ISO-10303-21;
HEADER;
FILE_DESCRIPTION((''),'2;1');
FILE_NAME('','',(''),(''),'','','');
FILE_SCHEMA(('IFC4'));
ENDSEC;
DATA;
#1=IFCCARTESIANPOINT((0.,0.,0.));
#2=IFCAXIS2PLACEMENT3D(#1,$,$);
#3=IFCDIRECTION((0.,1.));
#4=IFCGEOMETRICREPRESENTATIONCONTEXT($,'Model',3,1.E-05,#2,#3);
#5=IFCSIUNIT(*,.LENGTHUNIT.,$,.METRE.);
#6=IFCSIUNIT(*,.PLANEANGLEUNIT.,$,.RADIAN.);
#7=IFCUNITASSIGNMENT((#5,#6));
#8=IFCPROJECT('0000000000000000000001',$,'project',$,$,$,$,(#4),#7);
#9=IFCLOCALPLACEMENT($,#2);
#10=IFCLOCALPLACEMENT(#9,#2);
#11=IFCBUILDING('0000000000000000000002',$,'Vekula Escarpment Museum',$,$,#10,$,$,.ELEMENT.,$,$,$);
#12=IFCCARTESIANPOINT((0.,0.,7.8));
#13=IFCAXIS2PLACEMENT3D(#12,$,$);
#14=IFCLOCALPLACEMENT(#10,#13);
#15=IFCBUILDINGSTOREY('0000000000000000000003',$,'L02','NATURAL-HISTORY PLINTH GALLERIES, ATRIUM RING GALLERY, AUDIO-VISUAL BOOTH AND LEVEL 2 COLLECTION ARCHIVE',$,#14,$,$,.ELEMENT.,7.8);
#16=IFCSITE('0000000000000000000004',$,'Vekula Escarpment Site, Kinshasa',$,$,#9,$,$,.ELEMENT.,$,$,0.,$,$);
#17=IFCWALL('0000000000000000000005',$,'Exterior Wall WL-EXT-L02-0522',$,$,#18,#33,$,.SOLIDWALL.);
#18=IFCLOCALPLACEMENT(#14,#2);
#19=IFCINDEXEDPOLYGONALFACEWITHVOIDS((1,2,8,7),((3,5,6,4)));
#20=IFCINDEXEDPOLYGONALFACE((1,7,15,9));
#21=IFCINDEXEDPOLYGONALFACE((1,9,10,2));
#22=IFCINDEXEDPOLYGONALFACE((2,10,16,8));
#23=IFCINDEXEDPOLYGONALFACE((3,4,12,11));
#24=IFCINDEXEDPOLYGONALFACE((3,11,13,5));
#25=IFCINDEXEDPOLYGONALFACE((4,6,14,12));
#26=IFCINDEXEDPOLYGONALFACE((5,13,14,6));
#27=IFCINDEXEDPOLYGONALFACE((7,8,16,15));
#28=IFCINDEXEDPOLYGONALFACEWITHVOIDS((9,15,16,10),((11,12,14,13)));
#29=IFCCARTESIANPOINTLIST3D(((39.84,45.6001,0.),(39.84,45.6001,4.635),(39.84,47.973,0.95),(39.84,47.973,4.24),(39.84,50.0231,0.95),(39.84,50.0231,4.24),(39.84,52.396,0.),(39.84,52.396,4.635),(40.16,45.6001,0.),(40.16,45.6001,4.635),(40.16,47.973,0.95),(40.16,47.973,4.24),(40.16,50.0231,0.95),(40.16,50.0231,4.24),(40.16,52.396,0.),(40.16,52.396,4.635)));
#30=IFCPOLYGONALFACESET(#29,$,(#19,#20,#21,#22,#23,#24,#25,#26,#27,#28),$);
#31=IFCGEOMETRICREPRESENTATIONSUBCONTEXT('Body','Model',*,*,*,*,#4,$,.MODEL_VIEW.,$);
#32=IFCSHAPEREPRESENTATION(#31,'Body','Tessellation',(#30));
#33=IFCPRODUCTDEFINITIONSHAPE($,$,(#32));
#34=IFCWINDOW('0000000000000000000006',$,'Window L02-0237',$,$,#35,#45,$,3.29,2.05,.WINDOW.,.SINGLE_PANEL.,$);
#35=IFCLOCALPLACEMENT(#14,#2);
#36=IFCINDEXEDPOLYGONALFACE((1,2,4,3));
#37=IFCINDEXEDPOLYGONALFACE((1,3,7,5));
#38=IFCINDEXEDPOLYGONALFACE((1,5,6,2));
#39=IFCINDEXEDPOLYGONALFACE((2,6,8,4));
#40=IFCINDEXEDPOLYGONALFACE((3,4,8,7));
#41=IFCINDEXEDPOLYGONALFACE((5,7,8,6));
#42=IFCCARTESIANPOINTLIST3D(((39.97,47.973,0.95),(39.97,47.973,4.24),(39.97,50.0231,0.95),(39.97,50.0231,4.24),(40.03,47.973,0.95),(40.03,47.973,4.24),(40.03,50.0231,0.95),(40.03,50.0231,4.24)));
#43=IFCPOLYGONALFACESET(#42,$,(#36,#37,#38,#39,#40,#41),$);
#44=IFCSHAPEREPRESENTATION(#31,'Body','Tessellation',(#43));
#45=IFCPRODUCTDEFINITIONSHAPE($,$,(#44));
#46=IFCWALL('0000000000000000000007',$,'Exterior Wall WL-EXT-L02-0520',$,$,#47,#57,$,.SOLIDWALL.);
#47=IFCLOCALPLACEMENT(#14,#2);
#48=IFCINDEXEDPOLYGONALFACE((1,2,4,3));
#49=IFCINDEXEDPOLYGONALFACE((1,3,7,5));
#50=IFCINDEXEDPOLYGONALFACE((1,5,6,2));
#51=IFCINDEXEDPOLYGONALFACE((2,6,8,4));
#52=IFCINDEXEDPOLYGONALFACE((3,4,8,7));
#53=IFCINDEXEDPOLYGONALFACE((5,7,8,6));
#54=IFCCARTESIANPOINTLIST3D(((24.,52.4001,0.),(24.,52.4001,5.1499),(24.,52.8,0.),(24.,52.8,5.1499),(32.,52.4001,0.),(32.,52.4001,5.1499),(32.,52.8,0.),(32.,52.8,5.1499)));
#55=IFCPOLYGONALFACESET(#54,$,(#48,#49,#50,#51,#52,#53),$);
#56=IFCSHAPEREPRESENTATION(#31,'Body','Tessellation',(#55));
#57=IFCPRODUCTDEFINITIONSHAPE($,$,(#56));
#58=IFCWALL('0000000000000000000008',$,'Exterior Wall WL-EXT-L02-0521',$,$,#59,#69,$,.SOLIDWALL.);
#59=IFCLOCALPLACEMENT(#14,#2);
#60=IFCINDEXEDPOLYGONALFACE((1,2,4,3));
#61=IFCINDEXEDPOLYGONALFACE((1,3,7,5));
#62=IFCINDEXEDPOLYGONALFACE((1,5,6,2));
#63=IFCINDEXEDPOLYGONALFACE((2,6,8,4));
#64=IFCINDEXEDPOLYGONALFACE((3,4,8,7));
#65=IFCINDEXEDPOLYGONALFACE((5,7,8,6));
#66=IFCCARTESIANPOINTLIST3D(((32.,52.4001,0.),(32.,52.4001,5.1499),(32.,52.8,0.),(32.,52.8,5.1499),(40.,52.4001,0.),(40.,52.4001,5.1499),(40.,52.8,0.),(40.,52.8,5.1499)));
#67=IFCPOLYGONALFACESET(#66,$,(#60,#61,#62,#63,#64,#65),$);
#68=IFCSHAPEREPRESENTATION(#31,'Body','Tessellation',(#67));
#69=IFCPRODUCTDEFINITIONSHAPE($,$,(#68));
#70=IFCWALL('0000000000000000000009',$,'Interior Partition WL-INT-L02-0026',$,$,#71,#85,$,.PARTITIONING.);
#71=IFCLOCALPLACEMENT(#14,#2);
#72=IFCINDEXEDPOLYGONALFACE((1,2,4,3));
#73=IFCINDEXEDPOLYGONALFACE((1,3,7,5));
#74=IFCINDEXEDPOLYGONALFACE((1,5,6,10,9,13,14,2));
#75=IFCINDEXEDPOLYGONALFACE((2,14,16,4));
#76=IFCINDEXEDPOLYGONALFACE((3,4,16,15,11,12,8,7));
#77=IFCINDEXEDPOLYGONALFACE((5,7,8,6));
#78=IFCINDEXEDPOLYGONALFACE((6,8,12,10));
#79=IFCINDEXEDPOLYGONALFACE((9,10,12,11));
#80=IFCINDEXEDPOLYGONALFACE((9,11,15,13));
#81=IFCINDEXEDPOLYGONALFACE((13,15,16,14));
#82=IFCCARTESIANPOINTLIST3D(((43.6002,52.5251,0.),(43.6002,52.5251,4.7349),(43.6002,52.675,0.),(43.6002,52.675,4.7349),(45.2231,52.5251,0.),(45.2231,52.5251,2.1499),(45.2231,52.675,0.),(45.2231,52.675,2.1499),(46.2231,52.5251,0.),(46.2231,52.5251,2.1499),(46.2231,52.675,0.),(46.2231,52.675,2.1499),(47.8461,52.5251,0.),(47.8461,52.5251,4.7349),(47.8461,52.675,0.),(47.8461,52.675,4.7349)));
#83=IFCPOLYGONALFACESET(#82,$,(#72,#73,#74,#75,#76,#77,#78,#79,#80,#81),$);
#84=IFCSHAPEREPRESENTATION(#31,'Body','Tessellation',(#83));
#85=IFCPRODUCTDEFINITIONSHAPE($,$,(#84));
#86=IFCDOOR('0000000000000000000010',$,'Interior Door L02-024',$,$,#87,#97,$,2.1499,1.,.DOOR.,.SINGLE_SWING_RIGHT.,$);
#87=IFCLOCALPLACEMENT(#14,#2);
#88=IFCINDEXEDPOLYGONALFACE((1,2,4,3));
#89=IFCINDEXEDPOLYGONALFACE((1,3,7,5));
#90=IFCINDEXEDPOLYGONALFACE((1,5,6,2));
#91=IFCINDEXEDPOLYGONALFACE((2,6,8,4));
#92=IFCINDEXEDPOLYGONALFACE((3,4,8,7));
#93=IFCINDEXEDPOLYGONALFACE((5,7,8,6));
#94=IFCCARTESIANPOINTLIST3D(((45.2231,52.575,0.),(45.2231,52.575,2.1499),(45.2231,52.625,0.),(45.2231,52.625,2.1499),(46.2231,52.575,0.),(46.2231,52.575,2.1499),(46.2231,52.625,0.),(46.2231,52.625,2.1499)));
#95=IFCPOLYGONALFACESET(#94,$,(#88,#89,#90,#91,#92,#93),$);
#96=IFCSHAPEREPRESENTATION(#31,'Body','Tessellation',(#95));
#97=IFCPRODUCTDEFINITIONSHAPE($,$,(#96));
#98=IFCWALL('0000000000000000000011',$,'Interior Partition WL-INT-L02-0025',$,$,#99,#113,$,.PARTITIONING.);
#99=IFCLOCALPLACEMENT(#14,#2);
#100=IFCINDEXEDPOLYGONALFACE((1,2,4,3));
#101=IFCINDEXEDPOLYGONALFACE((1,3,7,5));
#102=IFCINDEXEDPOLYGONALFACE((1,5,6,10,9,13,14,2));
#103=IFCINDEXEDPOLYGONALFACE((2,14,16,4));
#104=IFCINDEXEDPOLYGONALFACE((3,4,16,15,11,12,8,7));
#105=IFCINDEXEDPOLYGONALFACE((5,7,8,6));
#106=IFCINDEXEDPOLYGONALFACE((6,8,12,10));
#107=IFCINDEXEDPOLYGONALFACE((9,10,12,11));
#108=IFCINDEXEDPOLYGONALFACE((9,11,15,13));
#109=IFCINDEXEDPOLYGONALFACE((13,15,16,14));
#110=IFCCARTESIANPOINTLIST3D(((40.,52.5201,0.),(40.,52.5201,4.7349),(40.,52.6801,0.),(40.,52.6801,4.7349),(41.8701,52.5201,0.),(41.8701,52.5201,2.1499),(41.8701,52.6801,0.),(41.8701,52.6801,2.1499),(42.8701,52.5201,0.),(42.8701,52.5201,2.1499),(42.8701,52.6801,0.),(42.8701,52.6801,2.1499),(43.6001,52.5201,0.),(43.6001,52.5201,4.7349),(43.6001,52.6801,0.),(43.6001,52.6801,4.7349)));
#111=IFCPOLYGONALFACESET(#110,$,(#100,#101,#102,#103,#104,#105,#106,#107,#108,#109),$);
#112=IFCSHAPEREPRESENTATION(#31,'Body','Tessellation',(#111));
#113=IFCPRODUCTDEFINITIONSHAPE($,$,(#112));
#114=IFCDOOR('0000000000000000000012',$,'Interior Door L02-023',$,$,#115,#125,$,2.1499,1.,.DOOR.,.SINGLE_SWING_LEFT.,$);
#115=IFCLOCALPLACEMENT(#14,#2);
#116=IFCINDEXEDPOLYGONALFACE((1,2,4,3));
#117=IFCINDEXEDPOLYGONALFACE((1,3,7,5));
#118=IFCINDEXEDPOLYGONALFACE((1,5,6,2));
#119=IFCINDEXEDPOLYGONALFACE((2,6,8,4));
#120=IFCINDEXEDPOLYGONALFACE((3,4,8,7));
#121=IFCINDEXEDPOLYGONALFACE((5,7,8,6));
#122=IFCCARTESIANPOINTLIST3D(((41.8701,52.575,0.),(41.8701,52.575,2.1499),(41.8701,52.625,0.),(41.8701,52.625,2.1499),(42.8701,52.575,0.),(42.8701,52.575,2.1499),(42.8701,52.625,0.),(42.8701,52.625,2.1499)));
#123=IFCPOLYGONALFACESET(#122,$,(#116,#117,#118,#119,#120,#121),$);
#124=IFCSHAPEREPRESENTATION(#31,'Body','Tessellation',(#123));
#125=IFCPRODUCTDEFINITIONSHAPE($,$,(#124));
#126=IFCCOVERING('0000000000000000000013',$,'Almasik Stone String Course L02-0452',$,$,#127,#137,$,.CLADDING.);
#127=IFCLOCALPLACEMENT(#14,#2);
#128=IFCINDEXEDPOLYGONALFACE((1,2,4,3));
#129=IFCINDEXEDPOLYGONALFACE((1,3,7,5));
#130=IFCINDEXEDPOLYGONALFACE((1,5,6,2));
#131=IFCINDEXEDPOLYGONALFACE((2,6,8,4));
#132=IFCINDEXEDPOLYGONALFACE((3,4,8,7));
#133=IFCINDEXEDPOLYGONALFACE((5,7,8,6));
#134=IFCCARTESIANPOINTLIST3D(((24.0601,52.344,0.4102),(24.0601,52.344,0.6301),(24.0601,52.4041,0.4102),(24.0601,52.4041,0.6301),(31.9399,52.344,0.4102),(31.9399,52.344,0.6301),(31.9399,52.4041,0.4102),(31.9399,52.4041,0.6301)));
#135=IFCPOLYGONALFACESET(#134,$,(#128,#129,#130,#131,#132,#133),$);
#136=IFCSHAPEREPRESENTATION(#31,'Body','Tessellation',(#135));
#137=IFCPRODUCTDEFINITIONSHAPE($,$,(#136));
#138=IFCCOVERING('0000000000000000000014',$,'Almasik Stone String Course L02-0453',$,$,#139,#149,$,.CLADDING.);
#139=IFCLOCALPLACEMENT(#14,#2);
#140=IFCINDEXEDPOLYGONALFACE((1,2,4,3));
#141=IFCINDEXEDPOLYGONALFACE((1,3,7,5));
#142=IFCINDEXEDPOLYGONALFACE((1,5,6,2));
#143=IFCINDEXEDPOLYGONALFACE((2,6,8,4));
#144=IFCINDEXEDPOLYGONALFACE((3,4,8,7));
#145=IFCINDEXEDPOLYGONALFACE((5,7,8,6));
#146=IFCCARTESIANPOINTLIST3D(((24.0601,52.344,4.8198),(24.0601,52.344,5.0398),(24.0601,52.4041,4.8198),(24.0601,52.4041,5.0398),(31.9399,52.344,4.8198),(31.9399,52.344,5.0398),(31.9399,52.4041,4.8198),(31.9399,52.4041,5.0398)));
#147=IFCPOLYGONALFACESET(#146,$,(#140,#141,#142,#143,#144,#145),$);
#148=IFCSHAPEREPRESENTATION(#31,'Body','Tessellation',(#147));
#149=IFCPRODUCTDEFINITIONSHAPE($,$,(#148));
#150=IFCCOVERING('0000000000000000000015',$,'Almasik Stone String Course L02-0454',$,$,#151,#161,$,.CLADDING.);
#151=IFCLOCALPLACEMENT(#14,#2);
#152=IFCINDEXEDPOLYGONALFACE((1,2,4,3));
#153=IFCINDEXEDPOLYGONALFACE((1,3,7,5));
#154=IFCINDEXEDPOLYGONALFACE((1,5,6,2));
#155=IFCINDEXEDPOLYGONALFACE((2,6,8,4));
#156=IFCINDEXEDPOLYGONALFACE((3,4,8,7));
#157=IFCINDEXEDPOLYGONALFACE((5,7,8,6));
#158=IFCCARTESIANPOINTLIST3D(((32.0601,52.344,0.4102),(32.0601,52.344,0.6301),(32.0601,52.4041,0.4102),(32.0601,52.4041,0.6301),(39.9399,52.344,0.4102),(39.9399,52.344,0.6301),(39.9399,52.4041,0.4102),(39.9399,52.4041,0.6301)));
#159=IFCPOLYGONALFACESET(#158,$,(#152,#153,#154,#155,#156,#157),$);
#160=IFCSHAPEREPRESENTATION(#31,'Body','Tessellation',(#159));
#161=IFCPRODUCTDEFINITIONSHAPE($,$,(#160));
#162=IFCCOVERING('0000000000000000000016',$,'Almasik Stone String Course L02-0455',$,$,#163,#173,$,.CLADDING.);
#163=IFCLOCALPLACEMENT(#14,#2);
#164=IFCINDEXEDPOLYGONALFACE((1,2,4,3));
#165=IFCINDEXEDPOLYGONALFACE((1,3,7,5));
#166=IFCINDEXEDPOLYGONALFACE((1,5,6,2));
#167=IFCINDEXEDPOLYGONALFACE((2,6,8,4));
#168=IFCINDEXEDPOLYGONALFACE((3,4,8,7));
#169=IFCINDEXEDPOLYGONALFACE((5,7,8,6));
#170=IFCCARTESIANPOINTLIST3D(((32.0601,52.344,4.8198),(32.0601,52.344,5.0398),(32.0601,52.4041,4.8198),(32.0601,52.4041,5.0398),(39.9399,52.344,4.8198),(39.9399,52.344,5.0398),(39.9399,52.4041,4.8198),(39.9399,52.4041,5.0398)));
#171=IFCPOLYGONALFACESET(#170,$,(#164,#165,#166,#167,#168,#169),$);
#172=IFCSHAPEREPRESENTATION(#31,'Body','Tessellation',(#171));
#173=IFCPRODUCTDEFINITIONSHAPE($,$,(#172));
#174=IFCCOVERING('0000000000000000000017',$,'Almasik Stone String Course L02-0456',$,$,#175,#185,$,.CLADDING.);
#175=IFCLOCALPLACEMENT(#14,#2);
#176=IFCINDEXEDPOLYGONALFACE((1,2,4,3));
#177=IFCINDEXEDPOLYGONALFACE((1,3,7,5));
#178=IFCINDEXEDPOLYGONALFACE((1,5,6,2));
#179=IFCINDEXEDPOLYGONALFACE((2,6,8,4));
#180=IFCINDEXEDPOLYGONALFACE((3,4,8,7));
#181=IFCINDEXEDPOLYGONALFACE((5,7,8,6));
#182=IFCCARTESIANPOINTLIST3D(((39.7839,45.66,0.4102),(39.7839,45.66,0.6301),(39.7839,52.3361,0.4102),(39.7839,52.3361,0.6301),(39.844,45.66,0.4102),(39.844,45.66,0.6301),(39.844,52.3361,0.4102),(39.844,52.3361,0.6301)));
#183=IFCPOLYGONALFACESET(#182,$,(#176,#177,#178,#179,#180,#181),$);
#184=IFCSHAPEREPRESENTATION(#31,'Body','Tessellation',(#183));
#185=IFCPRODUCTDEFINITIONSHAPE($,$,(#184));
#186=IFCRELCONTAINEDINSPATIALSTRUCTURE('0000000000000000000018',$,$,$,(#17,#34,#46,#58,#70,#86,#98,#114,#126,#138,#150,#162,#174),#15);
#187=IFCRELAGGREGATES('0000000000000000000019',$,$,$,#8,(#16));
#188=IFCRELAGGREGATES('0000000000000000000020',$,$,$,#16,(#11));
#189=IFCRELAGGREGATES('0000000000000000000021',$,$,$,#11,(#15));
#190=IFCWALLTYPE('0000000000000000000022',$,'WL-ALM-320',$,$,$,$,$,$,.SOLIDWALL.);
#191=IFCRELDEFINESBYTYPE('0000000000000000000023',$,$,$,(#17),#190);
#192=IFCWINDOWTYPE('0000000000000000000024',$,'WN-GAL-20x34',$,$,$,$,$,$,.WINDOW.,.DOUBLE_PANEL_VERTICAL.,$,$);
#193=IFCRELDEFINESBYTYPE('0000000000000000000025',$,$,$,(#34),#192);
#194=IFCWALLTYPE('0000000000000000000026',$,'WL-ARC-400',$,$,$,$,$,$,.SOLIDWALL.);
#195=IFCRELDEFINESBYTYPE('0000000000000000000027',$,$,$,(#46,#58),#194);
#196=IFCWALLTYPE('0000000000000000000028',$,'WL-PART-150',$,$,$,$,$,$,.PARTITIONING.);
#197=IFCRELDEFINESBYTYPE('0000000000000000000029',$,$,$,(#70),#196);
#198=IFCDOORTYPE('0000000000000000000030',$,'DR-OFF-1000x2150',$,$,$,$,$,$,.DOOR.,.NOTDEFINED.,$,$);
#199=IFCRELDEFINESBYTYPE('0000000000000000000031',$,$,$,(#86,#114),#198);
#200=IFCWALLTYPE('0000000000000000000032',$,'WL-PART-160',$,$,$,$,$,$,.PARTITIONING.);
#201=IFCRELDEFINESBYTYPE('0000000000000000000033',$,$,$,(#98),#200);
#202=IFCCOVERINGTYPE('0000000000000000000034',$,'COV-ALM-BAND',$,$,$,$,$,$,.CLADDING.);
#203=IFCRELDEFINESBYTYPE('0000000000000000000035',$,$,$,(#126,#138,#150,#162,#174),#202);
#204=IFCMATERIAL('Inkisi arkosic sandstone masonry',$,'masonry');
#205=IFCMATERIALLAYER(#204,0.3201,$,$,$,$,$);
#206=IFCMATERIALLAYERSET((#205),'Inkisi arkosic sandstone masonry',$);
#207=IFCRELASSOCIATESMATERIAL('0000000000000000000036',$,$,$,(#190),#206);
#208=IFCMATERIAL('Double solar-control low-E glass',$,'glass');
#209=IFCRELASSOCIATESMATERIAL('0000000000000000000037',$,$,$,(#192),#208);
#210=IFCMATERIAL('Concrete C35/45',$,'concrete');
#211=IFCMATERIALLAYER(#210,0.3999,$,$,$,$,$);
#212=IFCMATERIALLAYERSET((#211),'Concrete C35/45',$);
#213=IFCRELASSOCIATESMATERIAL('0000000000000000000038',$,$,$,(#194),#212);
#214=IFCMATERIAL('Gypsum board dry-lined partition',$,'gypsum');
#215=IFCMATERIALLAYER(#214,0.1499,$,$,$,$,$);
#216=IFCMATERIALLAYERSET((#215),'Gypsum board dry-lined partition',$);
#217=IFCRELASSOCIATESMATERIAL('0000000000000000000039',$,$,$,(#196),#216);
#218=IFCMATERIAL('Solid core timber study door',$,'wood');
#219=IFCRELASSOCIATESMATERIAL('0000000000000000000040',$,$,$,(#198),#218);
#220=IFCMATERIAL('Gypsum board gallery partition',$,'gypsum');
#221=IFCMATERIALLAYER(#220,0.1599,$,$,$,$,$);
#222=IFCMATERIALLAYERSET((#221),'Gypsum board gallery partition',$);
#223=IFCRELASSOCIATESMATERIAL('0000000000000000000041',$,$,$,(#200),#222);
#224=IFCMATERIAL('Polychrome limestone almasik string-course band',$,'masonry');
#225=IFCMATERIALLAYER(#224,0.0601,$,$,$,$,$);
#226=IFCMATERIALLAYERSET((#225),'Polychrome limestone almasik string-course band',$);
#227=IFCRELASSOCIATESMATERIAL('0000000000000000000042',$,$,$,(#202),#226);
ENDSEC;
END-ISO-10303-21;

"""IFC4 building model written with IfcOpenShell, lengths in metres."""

from ifc_helpers import new_model, si_unit, direction, frame, frame_2d, origin, origin_2d, place, context, subcontext, project, spatial, rectangle, extrude, material, layer, layer_set, type_object, element, fill, save


model = new_model("IFC4")

# Units and contexts
model_context = context("Model", 3, precision=1e-05, world=origin(), true_north=direction((0.0, 1.0)))
body_context = subcontext(model_context, "Body", "Model", "MODEL_VIEW")
ifc_project = project(units=[si_unit("LENGTHUNIT", "METRE"), si_unit("PLANEANGLEUNIT", "RADIAN")], contexts=[model_context])

# Site, building, storey
site_placement = place(None, origin())
site = spatial("IfcSite", under=ifc_project, at=site_placement, Name="Vekula Escarpment Site, Kinshasa", CompositionType="ELEMENT", RefElevation=0.0)
building_placement = place(site_placement, origin())
building = spatial("IfcBuilding", under=site, at=building_placement, Name="Vekula Escarpment Museum", CompositionType="ELEMENT")
storey_placement = place(building_placement, frame((0.0, 0.0, 7.8)))
storey = spatial("IfcBuildingStorey", under=building, at=storey_placement, Name="L02", Description="NATURAL-HISTORY PLINTH GALLERIES, ATRIUM RING GALLERY, AUDIO-VISUAL BOOTH AND LEVEL 2 COLLECTION ARCHIVE", CompositionType="ELEMENT", Elevation=7.8)

# Shared definitions
ifc_material_1 = material(Name="Inkisi arkosic sandstone masonry", Category="masonry")
ifc_layer_1 = layer(ifc_material_1, 0.3201)
ifc_layer_set_1 = layer_set([ifc_layer_1], Name="Inkisi arkosic sandstone masonry")
wall_type_1 = type_object("IfcWallType", Name="WL-ALM-320", PredefinedType="SOLIDWALL", material=ifc_layer_set_1)

# Wall, opening, window
wall_1_placement = place(storey_placement, frame((40.0, 45.6001, 0.0), z_axis=(0.0, 0.0, 1.0), x_axis=(0.0, 1.0, 0.0)))
wall_1 = element("IfcWall", 1, at=wall_1_placement, inside=storey, type_object=wall_type_1, Name="Exterior Wall WL-EXT-L02-0522", PredefinedType="SOLIDWALL", context=body_context, shape_type="SweptSolid", body=[
    extrude(rectangle(XDim=6.7959, YDim=0.3201, at=frame_2d((3.3979, 0.0))), origin(), (0.0, 0.0, 1.0), 4.635),
])
opening_1_placement = place(wall_1_placement, frame((2.373, 0.0, 0.95)))
opening_1 = element("IfcOpeningElement", 2, at=opening_1_placement, cuts=wall_1, PredefinedType="OPENING", context=body_context, shape_type="SweptSolid", body=[
    extrude(rectangle(XDim=2.05, YDim=3.29, at=frame_2d((1.0249, 1.645))), frame((0.0, 0.1699, 0.0), z_axis=(0.0, -1.0, 0.0), x_axis=(1.0, 0.0, 0.0)), (0.0, 0.0, 1.0), 0.3401),
])
ifc_material_2 = material(Name="Double solar-control low-E glass", Category="glass")
window_type_1 = type_object("IfcWindowType", Name="WN-GAL-20x34", PartitioningType="DOUBLE_PANEL_VERTICAL", PredefinedType="WINDOW", material=ifc_material_2)
window_1_placement = place(opening_1_placement, origin())
window_1 = element("IfcWindow", 3, at=window_1_placement, inside=storey, type_object=window_type_1, Name="Window L02-0237", OverallHeight=3.29, OverallWidth=2.05, PartitioningType="SINGLE_PANEL", PredefinedType="WINDOW", context=body_context, shape_type="SweptSolid", body=[
    extrude(rectangle(XDim=2.05, YDim=3.29, at=frame_2d((1.0249, 1.645))), frame((0.0, 0.03, 0.0), z_axis=(0.0, -1.0, 0.0), x_axis=(1.0, 0.0, 0.0)), (0.0, 0.0, 1.0), 0.0601),
])
fill(opening_1, window_1)

# Walls
ifc_material_3 = material(Name="Concrete C35/45", Category="concrete")
ifc_layer_2 = layer(ifc_material_3, 0.3999)
ifc_layer_set_2 = layer_set([ifc_layer_2], Name="Concrete C35/45")
wall_type_2 = type_object("IfcWallType", Name="WL-ARC-400", PredefinedType="SOLIDWALL", material=ifc_layer_set_2)
for number, where, z_axis, x_axis, name in (
    (4, (32.0, 52.6001, 0.0), (0.0, 0.0, 1.0), (-1.0, 0.0, 0.0), "Exterior Wall WL-EXT-L02-0520"),
    (5, (40.0, 52.6001, 0.0), (0.0, 0.0, 1.0), (-1.0, 0.0, 0.0), "Exterior Wall WL-EXT-L02-0521"),
):
    element("IfcWall", number, at=place(storey_placement, frame(where, z_axis=z_axis, x_axis=x_axis)), inside=storey, type_object=wall_type_2, Name=name, PredefinedType="SOLIDWALL", context=body_context, shape_type="SweptSolid", body=[
        extrude(rectangle(XDim=8.0, YDim=0.3999, at=frame_2d((4.0, 0.0))), origin(), (0.0, 0.0, 1.0), 5.1499),
    ])

# Walls, openings, doors
ifc_material_4 = material(Name="Gypsum board dry-lined partition", Category="gypsum")
ifc_layer_3 = layer(ifc_material_4, 0.1499)
ifc_layer_set_3 = layer_set([ifc_layer_3], Name="Gypsum board dry-lined partition")
wall_type_3 = type_object("IfcWallType", Name="WL-PART-150", PredefinedType="PARTITIONING", material=ifc_layer_set_3)
wall_2_placement = place(storey_placement, frame((43.6001, 52.6001, 0.0), z_axis=(0.0, 0.0, 1.0), x_axis=(1.0, 0.0, 0.0)))
wall_2 = element("IfcWall", 6, at=wall_2_placement, inside=storey, type_object=wall_type_3, Name="Interior Partition WL-INT-L02-0026", PredefinedType="PARTITIONING", context=body_context, shape_type="SweptSolid", body=[
    extrude(rectangle(XDim=4.2458, YDim=0.1499, at=frame_2d((2.123, 0.0))), origin(), (0.0, 0.0, 1.0), 4.7349),
])
opening_2_placement = place(wall_2_placement, frame((1.623, 0.0, 0.0)))
opening_2 = element("IfcOpeningElement", 7, at=opening_2_placement, cuts=wall_2, PredefinedType="OPENING", context=body_context, shape_type="SweptSolid", body=[
    extrude(rectangle(XDim=1.0, YDim=2.1499, at=frame_2d((0.5, 1.075))), frame((0.0, 0.085, 0.0), z_axis=(0.0, -1.0, 0.0), x_axis=(1.0, 0.0, 0.0)), (0.0, 0.0, 1.0), 0.1699),
])
ifc_material_5 = material(Name="Solid core timber study door", Category="wood")
door_type = type_object("IfcDoorType", Name="DR-OFF-1000x2150", OperationType="NOTDEFINED", PredefinedType="DOOR", material=ifc_material_5)
door_1_placement = place(opening_2_placement, origin())
door_1 = element("IfcDoor", 8, at=door_1_placement, inside=storey, type_object=door_type, Name="Interior Door L02-024", OperationType="SINGLE_SWING_RIGHT", OverallHeight=2.1499, OverallWidth=1.0, PredefinedType="DOOR", context=body_context, shape_type="SweptSolid", body=[
    extrude(rectangle(XDim=1.0, YDim=2.1499, at=frame_2d((0.5, 1.075))), frame((0.0, 0.0249, 0.0), z_axis=(0.0, -1.0, 0.0), x_axis=(1.0, 0.0, 0.0)), (0.0, 0.0, 1.0), 0.05),
])
fill(opening_2, door_1)
ifc_material_6 = material(Name="Gypsum board gallery partition", Category="gypsum")
ifc_layer_4 = layer(ifc_material_6, 0.1599)
ifc_layer_set_4 = layer_set([ifc_layer_4], Name="Gypsum board gallery partition")
wall_type_4 = type_object("IfcWallType", Name="WL-PART-160", PredefinedType="PARTITIONING", material=ifc_layer_set_4)
wall_3_placement = place(storey_placement, frame((40.0, 52.6001, 0.0), z_axis=(0.0, 0.0, 1.0), x_axis=(1.0, 0.0, 0.0)))
wall_3 = element("IfcWall", 9, at=wall_3_placement, inside=storey, type_object=wall_type_4, Name="Interior Partition WL-INT-L02-0025", PredefinedType="PARTITIONING", context=body_context, shape_type="SweptSolid", body=[
    extrude(rectangle(XDim=3.6001, YDim=0.1599, at=frame_2d((1.8, 0.0))), origin(), (0.0, 0.0, 1.0), 4.7349),
])
opening_3_placement = place(wall_3_placement, frame((1.8701, 0.0, 0.0)))
opening_3 = element("IfcOpeningElement", 10, at=opening_3_placement, cuts=wall_3, PredefinedType="OPENING", context=body_context, shape_type="SweptSolid", body=[
    extrude(rectangle(XDim=1.0, YDim=2.1499, at=frame_2d((0.5, 1.075))), frame((0.0, 0.0898, 0.0), z_axis=(0.0, -1.0, 0.0), x_axis=(1.0, 0.0, 0.0)), (0.0, 0.0, 1.0), 0.1799),
])
door_2_placement = place(opening_3_placement, origin())
door_2 = element("IfcDoor", 11, at=door_2_placement, inside=storey, type_object=door_type, Name="Interior Door L02-023", OperationType="SINGLE_SWING_LEFT", OverallHeight=2.1499, OverallWidth=1.0, PredefinedType="DOOR", context=body_context, shape_type="SweptSolid", body=[
    extrude(rectangle(XDim=1.0, YDim=2.1499, at=frame_2d((0.5, 1.075))), frame((0.0, 0.0249, 0.0), z_axis=(0.0, -1.0, 0.0), x_axis=(1.0, 0.0, 0.0)), (0.0, 0.0, 1.0), 0.05),
])
fill(opening_3, door_2)

# Coverings
ifc_material_7 = material(Name="Polychrome limestone almasik string-course band", Category="masonry")
ifc_layer_5 = layer(ifc_material_7, 0.0601)
ifc_layer_set_5 = layer_set([ifc_layer_5], Name="Polychrome limestone almasik string-course band")
covering_type = type_object("IfcCoveringType", Name="COV-ALM-BAND", PredefinedType="CLADDING", material=ifc_layer_set_5)
for number, where, z_axis, x_axis, name in (
    (12, (28.0, 52.374, 0.4102), (0.0, 0.0, 1.0), (1.0, 0.0, 0.0), "Almasik Stone String Course L02-0452"),
    (13, (28.0, 52.374, 4.8198), (0.0, 0.0, 1.0), (1.0, 0.0, 0.0), "Almasik Stone String Course L02-0453"),
    (14, (36.0, 52.374, 0.4102), (0.0, 0.0, 1.0), (1.0, 0.0, 0.0), "Almasik Stone String Course L02-0454"),
    (15, (36.0, 52.374, 4.8198), (0.0, 0.0, 1.0), (1.0, 0.0, 0.0), "Almasik Stone String Course L02-0455"),
):
    element("IfcCovering", number, at=place(storey_placement, frame(where, z_axis=z_axis, x_axis=x_axis)), inside=storey, type_object=covering_type, Name=name, PredefinedType="CLADDING", context=body_context, shape_type="SweptSolid", body=[
        extrude(rectangle(XDim=7.8799, YDim=0.0601, at=origin_2d()), origin(), (0.0, 0.0, 1.0), 0.22),
    ])
for number, where, z_axis, x_axis, name in (
    (16, (39.814, 48.998, 0.4102), (0.0, 0.0, 1.0), (0.0, 1.0, 0.0), "Almasik Stone String Course L02-0456"),
):
    element("IfcCovering", number, at=place(storey_placement, frame(where, z_axis=z_axis, x_axis=x_axis)), inside=storey, type_object=covering_type, Name=name, PredefinedType="CLADDING", context=body_context, shape_type="SweptSolid", body=[
        extrude(rectangle(XDim=6.676, YDim=0.0601, at=origin_2d()), origin(), (0.0, 0.0, 1.0), 0.22),
    ])

save(model, "model.ifc")
